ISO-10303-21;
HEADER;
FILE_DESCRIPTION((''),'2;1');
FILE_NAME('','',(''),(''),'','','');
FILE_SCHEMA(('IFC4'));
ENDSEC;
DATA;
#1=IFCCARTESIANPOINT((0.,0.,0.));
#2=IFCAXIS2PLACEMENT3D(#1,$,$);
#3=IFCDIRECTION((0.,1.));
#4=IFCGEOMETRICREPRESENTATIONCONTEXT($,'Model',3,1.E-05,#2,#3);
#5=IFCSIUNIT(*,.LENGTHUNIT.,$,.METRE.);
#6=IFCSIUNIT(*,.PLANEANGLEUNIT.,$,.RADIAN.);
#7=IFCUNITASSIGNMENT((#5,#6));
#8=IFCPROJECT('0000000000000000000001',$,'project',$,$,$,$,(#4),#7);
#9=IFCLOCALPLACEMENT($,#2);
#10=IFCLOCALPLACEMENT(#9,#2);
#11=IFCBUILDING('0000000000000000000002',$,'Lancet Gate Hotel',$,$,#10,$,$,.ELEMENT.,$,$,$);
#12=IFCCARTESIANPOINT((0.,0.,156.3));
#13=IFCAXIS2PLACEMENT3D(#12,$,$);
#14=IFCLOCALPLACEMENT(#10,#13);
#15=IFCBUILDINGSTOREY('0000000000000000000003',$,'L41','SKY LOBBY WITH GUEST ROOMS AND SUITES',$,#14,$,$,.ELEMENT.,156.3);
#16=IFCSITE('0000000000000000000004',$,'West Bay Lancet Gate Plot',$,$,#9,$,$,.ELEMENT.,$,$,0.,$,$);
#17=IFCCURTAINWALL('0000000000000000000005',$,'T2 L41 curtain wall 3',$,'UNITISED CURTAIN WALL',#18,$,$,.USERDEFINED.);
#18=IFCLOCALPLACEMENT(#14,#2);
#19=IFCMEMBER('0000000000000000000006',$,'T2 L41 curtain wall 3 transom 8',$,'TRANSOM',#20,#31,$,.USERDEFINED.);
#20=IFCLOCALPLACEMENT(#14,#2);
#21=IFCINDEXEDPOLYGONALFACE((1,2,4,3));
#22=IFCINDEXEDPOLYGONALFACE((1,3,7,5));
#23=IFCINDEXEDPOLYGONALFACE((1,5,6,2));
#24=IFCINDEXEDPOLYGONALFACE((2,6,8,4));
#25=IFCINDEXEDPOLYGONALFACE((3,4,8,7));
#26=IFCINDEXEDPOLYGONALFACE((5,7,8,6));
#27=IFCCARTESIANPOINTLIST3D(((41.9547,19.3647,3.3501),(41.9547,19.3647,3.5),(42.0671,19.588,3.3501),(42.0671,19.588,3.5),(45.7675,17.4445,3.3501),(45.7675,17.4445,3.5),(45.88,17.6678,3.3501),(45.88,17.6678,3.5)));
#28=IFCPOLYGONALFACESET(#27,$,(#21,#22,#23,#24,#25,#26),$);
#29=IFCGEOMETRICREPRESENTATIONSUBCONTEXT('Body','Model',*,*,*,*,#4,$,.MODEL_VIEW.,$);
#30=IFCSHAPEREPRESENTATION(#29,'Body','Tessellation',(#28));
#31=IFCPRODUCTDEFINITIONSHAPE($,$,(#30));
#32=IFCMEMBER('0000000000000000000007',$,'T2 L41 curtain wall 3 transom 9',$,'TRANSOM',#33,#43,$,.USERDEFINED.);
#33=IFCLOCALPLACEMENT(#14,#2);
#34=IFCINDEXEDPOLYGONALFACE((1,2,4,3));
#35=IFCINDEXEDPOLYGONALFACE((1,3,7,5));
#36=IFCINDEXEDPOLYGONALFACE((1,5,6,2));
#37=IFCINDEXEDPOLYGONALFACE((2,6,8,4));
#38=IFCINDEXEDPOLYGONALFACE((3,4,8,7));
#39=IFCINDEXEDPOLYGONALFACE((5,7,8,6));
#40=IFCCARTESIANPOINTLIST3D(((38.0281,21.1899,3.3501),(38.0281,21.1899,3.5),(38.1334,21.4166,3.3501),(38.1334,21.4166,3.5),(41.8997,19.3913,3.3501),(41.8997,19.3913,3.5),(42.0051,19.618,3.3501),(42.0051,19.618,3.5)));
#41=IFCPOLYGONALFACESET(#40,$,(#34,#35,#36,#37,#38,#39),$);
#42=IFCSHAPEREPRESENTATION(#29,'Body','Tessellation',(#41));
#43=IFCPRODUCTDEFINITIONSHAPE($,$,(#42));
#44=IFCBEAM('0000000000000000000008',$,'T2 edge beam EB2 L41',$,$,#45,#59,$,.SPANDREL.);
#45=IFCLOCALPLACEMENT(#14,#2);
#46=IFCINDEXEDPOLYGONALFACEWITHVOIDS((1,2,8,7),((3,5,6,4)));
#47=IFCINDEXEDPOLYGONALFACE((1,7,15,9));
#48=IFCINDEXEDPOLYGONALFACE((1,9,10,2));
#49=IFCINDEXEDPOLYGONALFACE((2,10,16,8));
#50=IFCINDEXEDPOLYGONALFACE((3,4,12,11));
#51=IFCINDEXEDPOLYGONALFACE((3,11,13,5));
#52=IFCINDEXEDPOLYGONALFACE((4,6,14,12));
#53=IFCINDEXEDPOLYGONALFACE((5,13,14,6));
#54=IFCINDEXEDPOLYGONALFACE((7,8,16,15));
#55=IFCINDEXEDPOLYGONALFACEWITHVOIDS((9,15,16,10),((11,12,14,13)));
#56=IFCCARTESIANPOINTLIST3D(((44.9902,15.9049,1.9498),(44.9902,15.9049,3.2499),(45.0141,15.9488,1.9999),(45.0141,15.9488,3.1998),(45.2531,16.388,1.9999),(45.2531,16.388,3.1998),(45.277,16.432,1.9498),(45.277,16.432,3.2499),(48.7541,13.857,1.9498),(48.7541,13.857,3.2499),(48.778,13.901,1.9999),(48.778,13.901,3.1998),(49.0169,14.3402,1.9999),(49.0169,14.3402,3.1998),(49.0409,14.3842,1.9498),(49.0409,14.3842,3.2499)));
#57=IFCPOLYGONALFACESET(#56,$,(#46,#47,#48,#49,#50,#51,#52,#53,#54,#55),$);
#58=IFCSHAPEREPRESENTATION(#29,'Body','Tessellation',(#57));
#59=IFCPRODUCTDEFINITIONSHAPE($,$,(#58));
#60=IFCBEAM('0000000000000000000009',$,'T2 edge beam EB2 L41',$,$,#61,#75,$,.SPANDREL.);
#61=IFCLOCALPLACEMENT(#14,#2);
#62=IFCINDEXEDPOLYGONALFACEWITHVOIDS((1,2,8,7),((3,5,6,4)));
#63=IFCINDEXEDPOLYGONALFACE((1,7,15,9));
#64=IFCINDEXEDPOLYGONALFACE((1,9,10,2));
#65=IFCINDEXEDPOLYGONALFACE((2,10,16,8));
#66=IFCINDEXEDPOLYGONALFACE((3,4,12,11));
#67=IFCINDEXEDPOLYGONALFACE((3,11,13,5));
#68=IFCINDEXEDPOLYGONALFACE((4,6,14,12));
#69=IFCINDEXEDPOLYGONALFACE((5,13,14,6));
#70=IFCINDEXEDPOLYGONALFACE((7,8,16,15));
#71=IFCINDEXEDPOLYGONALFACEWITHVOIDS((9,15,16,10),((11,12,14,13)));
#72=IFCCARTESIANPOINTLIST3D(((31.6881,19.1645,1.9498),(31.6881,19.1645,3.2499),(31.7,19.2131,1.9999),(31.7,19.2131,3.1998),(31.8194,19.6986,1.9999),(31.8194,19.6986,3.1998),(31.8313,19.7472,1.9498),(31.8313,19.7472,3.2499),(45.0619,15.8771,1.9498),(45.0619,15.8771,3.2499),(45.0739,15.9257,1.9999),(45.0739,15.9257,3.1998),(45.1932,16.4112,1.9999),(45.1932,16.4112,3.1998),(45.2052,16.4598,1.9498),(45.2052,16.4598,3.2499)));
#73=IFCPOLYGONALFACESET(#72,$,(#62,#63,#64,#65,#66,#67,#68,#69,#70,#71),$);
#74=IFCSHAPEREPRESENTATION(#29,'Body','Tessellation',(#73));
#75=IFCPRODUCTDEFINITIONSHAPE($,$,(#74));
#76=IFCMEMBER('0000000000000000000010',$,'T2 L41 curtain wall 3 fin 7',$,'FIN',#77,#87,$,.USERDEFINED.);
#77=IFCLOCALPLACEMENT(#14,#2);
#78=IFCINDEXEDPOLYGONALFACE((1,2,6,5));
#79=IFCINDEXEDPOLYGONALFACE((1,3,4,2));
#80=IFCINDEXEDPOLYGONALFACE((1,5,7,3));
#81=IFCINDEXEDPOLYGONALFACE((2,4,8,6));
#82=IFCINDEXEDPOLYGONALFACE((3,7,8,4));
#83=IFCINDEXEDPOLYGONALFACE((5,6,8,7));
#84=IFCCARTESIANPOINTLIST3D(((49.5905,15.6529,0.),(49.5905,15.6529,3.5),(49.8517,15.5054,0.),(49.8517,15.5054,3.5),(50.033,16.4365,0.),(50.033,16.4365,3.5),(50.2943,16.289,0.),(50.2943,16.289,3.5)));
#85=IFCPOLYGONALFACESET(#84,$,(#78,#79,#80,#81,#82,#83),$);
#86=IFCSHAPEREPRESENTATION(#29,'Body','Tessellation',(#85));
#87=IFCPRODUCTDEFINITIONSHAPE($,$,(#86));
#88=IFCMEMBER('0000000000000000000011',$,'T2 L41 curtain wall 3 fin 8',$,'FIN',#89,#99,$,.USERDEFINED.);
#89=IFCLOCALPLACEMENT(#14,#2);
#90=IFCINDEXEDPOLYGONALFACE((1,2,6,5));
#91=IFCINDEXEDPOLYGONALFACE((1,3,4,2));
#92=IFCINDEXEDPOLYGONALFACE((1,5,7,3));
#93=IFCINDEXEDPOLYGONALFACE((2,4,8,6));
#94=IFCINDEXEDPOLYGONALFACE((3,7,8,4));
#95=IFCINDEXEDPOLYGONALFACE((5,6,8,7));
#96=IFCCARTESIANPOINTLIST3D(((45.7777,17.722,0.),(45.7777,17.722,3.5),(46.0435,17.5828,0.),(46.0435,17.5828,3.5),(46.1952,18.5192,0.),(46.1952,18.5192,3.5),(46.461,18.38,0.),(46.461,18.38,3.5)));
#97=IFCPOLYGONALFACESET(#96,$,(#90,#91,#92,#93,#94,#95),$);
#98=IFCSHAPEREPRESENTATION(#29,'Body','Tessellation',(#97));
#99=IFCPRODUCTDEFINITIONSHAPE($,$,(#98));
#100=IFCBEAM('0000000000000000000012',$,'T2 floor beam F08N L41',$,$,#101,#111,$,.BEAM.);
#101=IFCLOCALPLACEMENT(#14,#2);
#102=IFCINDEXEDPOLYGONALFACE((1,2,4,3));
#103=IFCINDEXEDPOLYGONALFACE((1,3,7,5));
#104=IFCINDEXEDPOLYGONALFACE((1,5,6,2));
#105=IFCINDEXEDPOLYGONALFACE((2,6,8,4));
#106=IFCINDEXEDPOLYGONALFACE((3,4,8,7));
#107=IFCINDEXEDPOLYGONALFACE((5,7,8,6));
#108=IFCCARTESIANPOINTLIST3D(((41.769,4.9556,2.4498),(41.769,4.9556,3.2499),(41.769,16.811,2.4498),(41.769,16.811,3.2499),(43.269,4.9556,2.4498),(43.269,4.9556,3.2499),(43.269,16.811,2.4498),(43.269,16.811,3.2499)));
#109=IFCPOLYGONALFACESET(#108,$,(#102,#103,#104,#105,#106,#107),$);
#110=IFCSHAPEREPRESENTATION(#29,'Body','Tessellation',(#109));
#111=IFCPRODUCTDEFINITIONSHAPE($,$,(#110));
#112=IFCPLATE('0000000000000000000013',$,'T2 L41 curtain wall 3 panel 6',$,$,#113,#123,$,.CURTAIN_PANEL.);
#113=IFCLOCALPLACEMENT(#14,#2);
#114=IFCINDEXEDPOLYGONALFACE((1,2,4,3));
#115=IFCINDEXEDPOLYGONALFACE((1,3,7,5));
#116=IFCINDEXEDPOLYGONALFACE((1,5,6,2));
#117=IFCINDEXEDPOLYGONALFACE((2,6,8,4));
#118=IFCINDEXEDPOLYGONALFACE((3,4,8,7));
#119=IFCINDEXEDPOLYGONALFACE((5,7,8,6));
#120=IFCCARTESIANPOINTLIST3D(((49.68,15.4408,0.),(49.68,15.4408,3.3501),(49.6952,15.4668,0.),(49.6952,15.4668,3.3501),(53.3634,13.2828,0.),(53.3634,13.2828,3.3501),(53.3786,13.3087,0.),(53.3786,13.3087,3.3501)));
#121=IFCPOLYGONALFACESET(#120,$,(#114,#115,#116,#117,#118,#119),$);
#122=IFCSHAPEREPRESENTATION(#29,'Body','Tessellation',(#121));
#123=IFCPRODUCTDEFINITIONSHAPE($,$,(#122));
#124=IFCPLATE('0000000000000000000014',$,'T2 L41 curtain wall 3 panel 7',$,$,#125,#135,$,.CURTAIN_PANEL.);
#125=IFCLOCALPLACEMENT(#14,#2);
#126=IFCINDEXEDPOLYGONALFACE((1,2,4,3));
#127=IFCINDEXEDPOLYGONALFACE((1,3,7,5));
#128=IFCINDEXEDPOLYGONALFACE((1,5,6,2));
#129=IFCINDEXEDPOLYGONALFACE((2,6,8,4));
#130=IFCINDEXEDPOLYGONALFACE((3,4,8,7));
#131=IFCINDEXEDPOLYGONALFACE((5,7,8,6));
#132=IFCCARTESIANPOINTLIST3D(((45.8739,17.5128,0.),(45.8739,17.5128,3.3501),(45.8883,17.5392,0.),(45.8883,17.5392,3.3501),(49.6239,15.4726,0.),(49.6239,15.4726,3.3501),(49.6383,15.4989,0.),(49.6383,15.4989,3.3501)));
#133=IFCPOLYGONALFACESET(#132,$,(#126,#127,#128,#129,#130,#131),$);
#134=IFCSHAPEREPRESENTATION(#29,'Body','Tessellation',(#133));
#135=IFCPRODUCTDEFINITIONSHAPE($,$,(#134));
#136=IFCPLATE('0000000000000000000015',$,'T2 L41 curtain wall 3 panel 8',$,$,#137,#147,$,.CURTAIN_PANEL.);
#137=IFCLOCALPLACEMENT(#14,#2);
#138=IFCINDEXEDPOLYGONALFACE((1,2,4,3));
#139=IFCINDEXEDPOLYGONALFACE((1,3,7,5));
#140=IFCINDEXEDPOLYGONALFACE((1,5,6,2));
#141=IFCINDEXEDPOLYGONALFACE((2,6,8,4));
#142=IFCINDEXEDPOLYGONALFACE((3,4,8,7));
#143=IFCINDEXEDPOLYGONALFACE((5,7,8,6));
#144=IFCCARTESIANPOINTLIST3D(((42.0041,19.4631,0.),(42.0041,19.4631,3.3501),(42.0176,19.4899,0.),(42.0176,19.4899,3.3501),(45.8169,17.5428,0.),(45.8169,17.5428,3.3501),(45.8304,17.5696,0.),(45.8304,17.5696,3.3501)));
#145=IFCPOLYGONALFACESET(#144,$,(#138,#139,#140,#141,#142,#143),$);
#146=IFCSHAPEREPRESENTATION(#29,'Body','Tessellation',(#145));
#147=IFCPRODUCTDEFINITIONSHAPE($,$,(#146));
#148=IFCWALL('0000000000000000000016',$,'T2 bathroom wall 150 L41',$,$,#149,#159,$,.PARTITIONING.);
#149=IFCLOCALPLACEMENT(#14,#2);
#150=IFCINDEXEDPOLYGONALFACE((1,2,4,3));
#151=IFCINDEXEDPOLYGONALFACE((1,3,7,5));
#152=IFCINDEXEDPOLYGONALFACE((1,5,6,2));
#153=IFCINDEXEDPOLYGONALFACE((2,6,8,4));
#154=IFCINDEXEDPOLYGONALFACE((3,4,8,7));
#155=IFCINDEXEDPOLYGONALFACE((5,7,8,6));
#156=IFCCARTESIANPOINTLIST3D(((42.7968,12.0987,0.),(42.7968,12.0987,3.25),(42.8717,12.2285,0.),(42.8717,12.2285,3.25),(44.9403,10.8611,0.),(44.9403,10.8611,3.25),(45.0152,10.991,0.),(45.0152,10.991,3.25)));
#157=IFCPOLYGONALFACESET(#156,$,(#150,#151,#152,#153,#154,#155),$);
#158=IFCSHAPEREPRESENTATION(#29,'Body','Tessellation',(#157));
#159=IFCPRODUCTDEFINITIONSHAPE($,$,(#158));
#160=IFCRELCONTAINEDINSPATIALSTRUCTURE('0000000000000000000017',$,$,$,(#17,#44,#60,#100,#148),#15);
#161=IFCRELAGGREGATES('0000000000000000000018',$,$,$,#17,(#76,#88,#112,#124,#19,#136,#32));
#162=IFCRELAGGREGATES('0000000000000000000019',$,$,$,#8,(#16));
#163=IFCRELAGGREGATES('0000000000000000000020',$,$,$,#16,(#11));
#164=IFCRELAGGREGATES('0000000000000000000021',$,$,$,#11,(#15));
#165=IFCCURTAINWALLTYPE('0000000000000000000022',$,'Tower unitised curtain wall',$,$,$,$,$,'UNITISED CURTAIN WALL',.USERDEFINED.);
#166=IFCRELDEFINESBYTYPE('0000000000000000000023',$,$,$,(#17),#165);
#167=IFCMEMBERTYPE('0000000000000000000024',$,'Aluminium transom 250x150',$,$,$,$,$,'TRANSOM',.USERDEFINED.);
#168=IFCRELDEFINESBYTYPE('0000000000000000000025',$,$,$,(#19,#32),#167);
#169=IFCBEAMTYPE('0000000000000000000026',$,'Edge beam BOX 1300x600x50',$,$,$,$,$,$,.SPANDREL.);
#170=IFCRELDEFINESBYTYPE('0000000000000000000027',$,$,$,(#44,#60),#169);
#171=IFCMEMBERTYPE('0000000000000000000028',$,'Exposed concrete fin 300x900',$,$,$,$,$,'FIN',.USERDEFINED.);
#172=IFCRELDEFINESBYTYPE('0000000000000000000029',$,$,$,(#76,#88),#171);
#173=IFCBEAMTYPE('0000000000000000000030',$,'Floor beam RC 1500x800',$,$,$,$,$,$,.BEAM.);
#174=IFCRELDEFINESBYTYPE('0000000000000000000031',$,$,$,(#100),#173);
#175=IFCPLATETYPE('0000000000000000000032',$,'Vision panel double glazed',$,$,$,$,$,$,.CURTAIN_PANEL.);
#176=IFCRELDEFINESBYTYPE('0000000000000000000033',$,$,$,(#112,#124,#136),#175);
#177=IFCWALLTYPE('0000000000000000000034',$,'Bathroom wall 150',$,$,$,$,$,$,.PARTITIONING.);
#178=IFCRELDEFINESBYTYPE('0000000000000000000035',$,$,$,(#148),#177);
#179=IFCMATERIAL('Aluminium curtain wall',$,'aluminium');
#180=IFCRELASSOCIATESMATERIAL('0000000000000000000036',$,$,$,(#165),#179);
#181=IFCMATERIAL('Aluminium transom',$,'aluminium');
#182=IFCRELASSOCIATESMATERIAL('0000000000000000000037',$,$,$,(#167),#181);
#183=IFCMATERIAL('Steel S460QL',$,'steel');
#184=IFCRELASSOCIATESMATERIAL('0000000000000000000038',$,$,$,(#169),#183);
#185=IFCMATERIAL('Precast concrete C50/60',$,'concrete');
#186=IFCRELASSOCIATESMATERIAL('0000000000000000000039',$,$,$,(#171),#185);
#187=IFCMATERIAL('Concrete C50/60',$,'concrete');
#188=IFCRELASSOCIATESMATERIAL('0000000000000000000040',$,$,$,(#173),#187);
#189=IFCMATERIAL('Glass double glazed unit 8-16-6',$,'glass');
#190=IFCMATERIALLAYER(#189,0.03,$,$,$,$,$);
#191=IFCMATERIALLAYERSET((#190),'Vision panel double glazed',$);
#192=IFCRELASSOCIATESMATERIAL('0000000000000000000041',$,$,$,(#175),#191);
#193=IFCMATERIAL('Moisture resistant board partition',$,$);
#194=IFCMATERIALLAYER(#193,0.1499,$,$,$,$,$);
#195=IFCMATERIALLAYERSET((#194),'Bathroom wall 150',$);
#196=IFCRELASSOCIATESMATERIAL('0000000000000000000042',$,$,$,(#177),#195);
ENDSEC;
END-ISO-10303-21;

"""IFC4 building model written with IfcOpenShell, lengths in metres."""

from ifc_helpers import new_model, si_unit, direction, frame, frame_2d, origin, origin_2d, place, context, subcontext, project, spatial, rectangle, hollow_rectangle, extrude, material, layer, layer_set, material_profile, profile_set, type_object, element, aggregate, save


model = new_model("IFC4")

# Units and contexts
model_context = context("Model", 3, precision=1e-05, world=origin(), true_north=direction((0.0, 1.0)))
body_context = subcontext(model_context, "Body", "Model", "MODEL_VIEW")
ifc_project = project(units=[si_unit("LENGTHUNIT", "METRE"), si_unit("PLANEANGLEUNIT", "RADIAN")], contexts=[model_context])

# Site, building, storey
site_placement = place(None, origin())
site = spatial("IfcSite", under=ifc_project, at=site_placement, Name="West Bay Lancet Gate Plot", CompositionType="ELEMENT", RefElevation=0.0)
building_placement = place(site_placement, origin())
building = spatial("IfcBuilding", under=site, at=building_placement, Name="Lancet Gate Hotel", CompositionType="ELEMENT")
storey_placement = place(building_placement, frame((0.0, 0.0, 156.3)))
storey = spatial("IfcBuildingStorey", under=building, at=storey_placement, Name="L41", Description="SKY LOBBY WITH GUEST ROOMS AND SUITES", CompositionType="ELEMENT", Elevation=156.3)

# Curtain wall, members
ifc_material_1 = material(Name="Aluminium curtain wall", Category="aluminium")
curtain_wall_type = type_object("IfcCurtainWallType", Name="Tower unitised curtain wall", ElementType="UNITISED CURTAIN WALL", PredefinedType="USERDEFINED", material=ifc_material_1)
curtain_wall_placement = place(storey_placement, origin())
curtain_wall = element("IfcCurtainWall", 1, at=curtain_wall_placement, inside=storey, type_object=curtain_wall_type, Name="T2 L41 curtain wall 3", ObjectType="UNITISED CURTAIN WALL", PredefinedType="USERDEFINED")
ifc_material_2 = material(Name="Aluminium transom", Category="aluminium")
ifc_material_profile_1 = material_profile(ifc_material_2, rectangle(XDim=0.25, YDim=0.1499, at=origin_2d()), Name="TRANSOM 250x150")
ifc_profile_set_1 = profile_set([ifc_material_profile_1], Name="Aluminium transom")
member_type_1 = type_object("IfcMemberType", Name="Aluminium transom 250x150", ElementType="TRANSOM", PredefinedType="USERDEFINED", material=ifc_profile_set_1)
member_1_placement = place(storey_placement, frame((45.8237, 17.5562, 3.425), z_axis=(-0.893131, 0.449797, 0.0), x_axis=(-0.449797, -0.893131, 0.0)))
member_1 = element("IfcMember", 2, at=member_1_placement, type_object=member_type_1, Name="T2 L41 curtain wall 3 transom 8", ObjectType="TRANSOM", PredefinedType="USERDEFINED", context=body_context, shape_type="SweptSolid", body=[
    extrude(rectangle(XDim=0.25, YDim=0.1499, at=origin_2d()), origin(), (0.0, 0.0, 1.0), 4.269),
])
member_2_placement = place(storey_placement, frame((41.9524, 19.5046, 3.425), z_axis=(-0.906914, 0.421316, 0.0), x_axis=(-0.421316, -0.906914, 0.0)))
member_2 = element("IfcMember", 3, at=member_2_placement, type_object=member_type_1, Name="T2 L41 curtain wall 3 transom 9", ObjectType="TRANSOM", PredefinedType="USERDEFINED", context=body_context, shape_type="SweptSolid", body=[
    extrude(rectangle(XDim=0.25, YDim=0.1499, at=origin_2d()), origin(), (0.0, 0.0, 1.0), 4.269),
])

# Beams
ifc_material_3 = material(Name="Steel S460QL", Category="steel")
ifc_material_profile_2 = material_profile(ifc_material_3, hollow_rectangle(XDim=0.6001, YDim=1.3, WallThickness=0.05, at=origin_2d()), Name="BOX 1300x600x50")
ifc_profile_set_2 = profile_set([ifc_material_profile_2], Name="Steel S460QL")
beam_type_1 = type_object("IfcBeamType", Name="Edge beam BOX 1300x600x50", PredefinedType="SPANDREL", material=ifc_profile_set_2)
beam_1_placement = place(storey_placement, frame((48.8975, 14.1206, 2.5999), z_axis=(-0.878405, 0.477918, 0.0), x_axis=(-0.477918, -0.878405, 0.0)))
element("IfcBeam", 4, at=beam_1_placement, inside=storey, type_object=beam_type_1, Name="T2 edge beam EB2 L41", PredefinedType="SPANDREL", context=body_context, shape_type="SweptSolid", body=[
    extrude(hollow_rectangle(XDim=0.6001, YDim=1.3, WallThickness=0.05, at=origin_2d()), origin(), (0.0, 0.0, 1.0), 4.2849),
])
beam_2_placement = place(storey_placement, frame((45.1335, 16.1685, 2.5999), z_axis=(-0.971093, 0.2387, 0.0), x_axis=(-0.2387, -0.971093, 0.0)))
element("IfcBeam", 5, at=beam_2_placement, inside=storey, type_object=beam_type_1, Name="T2 edge beam EB2 L41", PredefinedType="SPANDREL", context=body_context, shape_type="SweptSolid", body=[
    extrude(hollow_rectangle(XDim=0.6001, YDim=1.3, WallThickness=0.05, at=origin_2d()), origin(), (0.0, 0.0, 1.0), 13.772),
])

# Members
ifc_material_4 = material(Name="Precast concrete C50/60", Category="concrete")
ifc_material_profile_3 = material_profile(ifc_material_4, rectangle(XDim=0.3, YDim=0.8999, at=origin_2d()), Name="FIN 300x900")
ifc_profile_set_3 = profile_set([ifc_material_profile_3], Name="Precast concrete C50/60")
member_type_2 = type_object("IfcMemberType", Name="Exposed concrete fin 300x900", ElementType="FIN", PredefinedType="USERDEFINED", material=ifc_profile_set_3)
member_3_placement = place(storey_placement, frame((49.9424, 15.9709, 0.0), z_axis=(0.0, 0.0, 1.0), x_axis=(-0.870722, 0.491776, 0.0)))
member_3 = element("IfcMember", 6, at=member_3_placement, type_object=member_type_2, Name="T2 L41 curtain wall 3 fin 7", ObjectType="FIN", PredefinedType="USERDEFINED", context=body_context, shape_type="SweptSolid", body=[
    extrude(rectangle(XDim=0.3, YDim=0.8999, at=origin_2d()), origin(), (0.0, 0.0, 1.0), 3.5),
])
member_4_placement = place(storey_placement, frame((46.1194, 18.051, 0.0), z_axis=(0.0, 0.0, 1.0), x_axis=(-0.885877, 0.46392, 0.0)))
member_4 = element("IfcMember", 7, at=member_4_placement, type_object=member_type_2, Name="T2 L41 curtain wall 3 fin 8", ObjectType="FIN", PredefinedType="USERDEFINED", context=body_context, shape_type="SweptSolid", body=[
    extrude(rectangle(XDim=0.3, YDim=0.8999, at=origin_2d()), origin(), (0.0, 0.0, 1.0), 3.5),
])

# Beam
ifc_material_5 = material(Name="Concrete C50/60", Category="concrete")
ifc_material_profile_4 = material_profile(ifc_material_5, rectangle(XDim=1.5, YDim=0.8, at=origin_2d()), Name="RC 1500x800")
ifc_profile_set_4 = profile_set([ifc_material_profile_4], Name="Concrete C50/60")
beam_type_2 = type_object("IfcBeamType", Name="Floor beam RC 1500x800", PredefinedType="BEAM", material=ifc_profile_set_4)
beam_3_placement = place(storey_placement, frame((42.519, 4.9556, 2.8499), z_axis=(0.0, 1.0, 0.0), x_axis=(-1.0, 0.0, 0.0)))
element("IfcBeam", 8, at=beam_3_placement, inside=storey, type_object=beam_type_2, Name="T2 floor beam F08N L41", PredefinedType="BEAM", context=body_context, shape_type="SweptSolid", body=[
    extrude(rectangle(XDim=1.5, YDim=0.8, at=origin_2d()), origin(), (0.0, 0.0, 1.0), 11.8555),
])

# Plates
ifc_material_6 = material(Name="Glass double glazed unit 8-16-6", Category="glass")
ifc_layer_1 = layer(ifc_material_6, 0.03)
ifc_layer_set_1 = layer_set([ifc_layer_1], Name="Vision panel double glazed")
plate_type = type_object("IfcPlateType", Name="Vision panel double glazed", PredefinedType="CURTAIN_PANEL", material=ifc_layer_set_1)
plate_1_placement = place(storey_placement, frame((51.5293, 14.3748, 0.0), z_axis=(0.0, 0.0, 1.0), x_axis=(-0.862815, 0.50552, 0.0)))
plate_1 = element("IfcPlate", 9, at=plate_1_placement, type_object=plate_type, Name="T2 L41 curtain wall 3 panel 6", PredefinedType="CURTAIN_PANEL", context=body_context, shape_type="SweptSolid", body=[
    extrude(rectangle(XDim=4.269, YDim=0.03, at=origin_2d()), origin(), (0.0, 0.0, 1.0), 3.3501),
])
plate_2_placement = place(storey_placement, frame((47.7561, 16.5059, 0.0), z_axis=(0.0, 0.0, 1.0), x_axis=(-0.87841, 0.477908, 0.0)))
plate_2 = element("IfcPlate", 10, at=plate_2_placement, type_object=plate_type, Name="T2 L41 curtain wall 3 panel 7", PredefinedType="CURTAIN_PANEL", context=body_context, shape_type="SweptSolid", body=[
    extrude(rectangle(XDim=4.269, YDim=0.03, at=origin_2d()), origin(), (0.0, 0.0, 1.0), 3.3501),
])
plate_3_placement = place(storey_placement, frame((43.9172, 18.5164, 0.0), z_axis=(0.0, 0.0, 1.0), x_axis=(-0.893121, 0.449816, 0.0)))
plate_3 = element("IfcPlate", 11, at=plate_3_placement, type_object=plate_type, Name="T2 L41 curtain wall 3 panel 8", PredefinedType="CURTAIN_PANEL", context=body_context, shape_type="SweptSolid", body=[
    extrude(rectangle(XDim=4.269, YDim=0.03, at=origin_2d()), origin(), (0.0, 0.0, 1.0), 3.3501),
])
aggregate(curtain_wall, [member_3, member_4, plate_1, plate_2, member_1, plate_3, member_2])

# Wall
ifc_material_7 = material(Name="Moisture resistant board partition")
ifc_layer_2 = layer(ifc_material_7, 0.1499)
ifc_layer_set_2 = layer_set([ifc_layer_2], Name="Bathroom wall 150")
wall_type_1 = type_object("IfcWallType", Name="Bathroom wall 150", PredefinedType="PARTITIONING", material=ifc_layer_set_2)
wall_1_placement = place(storey_placement, frame((42.8342, 12.1636, 0.0), z_axis=(0.0, 0.0, 1.0), x_axis=(0.866031, -0.49999, 0.0)))
element("IfcWall", 12, at=wall_1_placement, inside=storey, type_object=wall_type_1, Name="T2 bathroom wall 150 L41", PredefinedType="PARTITIONING", context=body_context, shape_type="SweptSolid", body=[
    extrude(rectangle(XDim=2.4751, YDim=0.1499, at=frame_2d((1.2375, 0.0))), origin(), (0.0, 0.0, 1.0), 3.25),
])

save(model, "model.ifc")
